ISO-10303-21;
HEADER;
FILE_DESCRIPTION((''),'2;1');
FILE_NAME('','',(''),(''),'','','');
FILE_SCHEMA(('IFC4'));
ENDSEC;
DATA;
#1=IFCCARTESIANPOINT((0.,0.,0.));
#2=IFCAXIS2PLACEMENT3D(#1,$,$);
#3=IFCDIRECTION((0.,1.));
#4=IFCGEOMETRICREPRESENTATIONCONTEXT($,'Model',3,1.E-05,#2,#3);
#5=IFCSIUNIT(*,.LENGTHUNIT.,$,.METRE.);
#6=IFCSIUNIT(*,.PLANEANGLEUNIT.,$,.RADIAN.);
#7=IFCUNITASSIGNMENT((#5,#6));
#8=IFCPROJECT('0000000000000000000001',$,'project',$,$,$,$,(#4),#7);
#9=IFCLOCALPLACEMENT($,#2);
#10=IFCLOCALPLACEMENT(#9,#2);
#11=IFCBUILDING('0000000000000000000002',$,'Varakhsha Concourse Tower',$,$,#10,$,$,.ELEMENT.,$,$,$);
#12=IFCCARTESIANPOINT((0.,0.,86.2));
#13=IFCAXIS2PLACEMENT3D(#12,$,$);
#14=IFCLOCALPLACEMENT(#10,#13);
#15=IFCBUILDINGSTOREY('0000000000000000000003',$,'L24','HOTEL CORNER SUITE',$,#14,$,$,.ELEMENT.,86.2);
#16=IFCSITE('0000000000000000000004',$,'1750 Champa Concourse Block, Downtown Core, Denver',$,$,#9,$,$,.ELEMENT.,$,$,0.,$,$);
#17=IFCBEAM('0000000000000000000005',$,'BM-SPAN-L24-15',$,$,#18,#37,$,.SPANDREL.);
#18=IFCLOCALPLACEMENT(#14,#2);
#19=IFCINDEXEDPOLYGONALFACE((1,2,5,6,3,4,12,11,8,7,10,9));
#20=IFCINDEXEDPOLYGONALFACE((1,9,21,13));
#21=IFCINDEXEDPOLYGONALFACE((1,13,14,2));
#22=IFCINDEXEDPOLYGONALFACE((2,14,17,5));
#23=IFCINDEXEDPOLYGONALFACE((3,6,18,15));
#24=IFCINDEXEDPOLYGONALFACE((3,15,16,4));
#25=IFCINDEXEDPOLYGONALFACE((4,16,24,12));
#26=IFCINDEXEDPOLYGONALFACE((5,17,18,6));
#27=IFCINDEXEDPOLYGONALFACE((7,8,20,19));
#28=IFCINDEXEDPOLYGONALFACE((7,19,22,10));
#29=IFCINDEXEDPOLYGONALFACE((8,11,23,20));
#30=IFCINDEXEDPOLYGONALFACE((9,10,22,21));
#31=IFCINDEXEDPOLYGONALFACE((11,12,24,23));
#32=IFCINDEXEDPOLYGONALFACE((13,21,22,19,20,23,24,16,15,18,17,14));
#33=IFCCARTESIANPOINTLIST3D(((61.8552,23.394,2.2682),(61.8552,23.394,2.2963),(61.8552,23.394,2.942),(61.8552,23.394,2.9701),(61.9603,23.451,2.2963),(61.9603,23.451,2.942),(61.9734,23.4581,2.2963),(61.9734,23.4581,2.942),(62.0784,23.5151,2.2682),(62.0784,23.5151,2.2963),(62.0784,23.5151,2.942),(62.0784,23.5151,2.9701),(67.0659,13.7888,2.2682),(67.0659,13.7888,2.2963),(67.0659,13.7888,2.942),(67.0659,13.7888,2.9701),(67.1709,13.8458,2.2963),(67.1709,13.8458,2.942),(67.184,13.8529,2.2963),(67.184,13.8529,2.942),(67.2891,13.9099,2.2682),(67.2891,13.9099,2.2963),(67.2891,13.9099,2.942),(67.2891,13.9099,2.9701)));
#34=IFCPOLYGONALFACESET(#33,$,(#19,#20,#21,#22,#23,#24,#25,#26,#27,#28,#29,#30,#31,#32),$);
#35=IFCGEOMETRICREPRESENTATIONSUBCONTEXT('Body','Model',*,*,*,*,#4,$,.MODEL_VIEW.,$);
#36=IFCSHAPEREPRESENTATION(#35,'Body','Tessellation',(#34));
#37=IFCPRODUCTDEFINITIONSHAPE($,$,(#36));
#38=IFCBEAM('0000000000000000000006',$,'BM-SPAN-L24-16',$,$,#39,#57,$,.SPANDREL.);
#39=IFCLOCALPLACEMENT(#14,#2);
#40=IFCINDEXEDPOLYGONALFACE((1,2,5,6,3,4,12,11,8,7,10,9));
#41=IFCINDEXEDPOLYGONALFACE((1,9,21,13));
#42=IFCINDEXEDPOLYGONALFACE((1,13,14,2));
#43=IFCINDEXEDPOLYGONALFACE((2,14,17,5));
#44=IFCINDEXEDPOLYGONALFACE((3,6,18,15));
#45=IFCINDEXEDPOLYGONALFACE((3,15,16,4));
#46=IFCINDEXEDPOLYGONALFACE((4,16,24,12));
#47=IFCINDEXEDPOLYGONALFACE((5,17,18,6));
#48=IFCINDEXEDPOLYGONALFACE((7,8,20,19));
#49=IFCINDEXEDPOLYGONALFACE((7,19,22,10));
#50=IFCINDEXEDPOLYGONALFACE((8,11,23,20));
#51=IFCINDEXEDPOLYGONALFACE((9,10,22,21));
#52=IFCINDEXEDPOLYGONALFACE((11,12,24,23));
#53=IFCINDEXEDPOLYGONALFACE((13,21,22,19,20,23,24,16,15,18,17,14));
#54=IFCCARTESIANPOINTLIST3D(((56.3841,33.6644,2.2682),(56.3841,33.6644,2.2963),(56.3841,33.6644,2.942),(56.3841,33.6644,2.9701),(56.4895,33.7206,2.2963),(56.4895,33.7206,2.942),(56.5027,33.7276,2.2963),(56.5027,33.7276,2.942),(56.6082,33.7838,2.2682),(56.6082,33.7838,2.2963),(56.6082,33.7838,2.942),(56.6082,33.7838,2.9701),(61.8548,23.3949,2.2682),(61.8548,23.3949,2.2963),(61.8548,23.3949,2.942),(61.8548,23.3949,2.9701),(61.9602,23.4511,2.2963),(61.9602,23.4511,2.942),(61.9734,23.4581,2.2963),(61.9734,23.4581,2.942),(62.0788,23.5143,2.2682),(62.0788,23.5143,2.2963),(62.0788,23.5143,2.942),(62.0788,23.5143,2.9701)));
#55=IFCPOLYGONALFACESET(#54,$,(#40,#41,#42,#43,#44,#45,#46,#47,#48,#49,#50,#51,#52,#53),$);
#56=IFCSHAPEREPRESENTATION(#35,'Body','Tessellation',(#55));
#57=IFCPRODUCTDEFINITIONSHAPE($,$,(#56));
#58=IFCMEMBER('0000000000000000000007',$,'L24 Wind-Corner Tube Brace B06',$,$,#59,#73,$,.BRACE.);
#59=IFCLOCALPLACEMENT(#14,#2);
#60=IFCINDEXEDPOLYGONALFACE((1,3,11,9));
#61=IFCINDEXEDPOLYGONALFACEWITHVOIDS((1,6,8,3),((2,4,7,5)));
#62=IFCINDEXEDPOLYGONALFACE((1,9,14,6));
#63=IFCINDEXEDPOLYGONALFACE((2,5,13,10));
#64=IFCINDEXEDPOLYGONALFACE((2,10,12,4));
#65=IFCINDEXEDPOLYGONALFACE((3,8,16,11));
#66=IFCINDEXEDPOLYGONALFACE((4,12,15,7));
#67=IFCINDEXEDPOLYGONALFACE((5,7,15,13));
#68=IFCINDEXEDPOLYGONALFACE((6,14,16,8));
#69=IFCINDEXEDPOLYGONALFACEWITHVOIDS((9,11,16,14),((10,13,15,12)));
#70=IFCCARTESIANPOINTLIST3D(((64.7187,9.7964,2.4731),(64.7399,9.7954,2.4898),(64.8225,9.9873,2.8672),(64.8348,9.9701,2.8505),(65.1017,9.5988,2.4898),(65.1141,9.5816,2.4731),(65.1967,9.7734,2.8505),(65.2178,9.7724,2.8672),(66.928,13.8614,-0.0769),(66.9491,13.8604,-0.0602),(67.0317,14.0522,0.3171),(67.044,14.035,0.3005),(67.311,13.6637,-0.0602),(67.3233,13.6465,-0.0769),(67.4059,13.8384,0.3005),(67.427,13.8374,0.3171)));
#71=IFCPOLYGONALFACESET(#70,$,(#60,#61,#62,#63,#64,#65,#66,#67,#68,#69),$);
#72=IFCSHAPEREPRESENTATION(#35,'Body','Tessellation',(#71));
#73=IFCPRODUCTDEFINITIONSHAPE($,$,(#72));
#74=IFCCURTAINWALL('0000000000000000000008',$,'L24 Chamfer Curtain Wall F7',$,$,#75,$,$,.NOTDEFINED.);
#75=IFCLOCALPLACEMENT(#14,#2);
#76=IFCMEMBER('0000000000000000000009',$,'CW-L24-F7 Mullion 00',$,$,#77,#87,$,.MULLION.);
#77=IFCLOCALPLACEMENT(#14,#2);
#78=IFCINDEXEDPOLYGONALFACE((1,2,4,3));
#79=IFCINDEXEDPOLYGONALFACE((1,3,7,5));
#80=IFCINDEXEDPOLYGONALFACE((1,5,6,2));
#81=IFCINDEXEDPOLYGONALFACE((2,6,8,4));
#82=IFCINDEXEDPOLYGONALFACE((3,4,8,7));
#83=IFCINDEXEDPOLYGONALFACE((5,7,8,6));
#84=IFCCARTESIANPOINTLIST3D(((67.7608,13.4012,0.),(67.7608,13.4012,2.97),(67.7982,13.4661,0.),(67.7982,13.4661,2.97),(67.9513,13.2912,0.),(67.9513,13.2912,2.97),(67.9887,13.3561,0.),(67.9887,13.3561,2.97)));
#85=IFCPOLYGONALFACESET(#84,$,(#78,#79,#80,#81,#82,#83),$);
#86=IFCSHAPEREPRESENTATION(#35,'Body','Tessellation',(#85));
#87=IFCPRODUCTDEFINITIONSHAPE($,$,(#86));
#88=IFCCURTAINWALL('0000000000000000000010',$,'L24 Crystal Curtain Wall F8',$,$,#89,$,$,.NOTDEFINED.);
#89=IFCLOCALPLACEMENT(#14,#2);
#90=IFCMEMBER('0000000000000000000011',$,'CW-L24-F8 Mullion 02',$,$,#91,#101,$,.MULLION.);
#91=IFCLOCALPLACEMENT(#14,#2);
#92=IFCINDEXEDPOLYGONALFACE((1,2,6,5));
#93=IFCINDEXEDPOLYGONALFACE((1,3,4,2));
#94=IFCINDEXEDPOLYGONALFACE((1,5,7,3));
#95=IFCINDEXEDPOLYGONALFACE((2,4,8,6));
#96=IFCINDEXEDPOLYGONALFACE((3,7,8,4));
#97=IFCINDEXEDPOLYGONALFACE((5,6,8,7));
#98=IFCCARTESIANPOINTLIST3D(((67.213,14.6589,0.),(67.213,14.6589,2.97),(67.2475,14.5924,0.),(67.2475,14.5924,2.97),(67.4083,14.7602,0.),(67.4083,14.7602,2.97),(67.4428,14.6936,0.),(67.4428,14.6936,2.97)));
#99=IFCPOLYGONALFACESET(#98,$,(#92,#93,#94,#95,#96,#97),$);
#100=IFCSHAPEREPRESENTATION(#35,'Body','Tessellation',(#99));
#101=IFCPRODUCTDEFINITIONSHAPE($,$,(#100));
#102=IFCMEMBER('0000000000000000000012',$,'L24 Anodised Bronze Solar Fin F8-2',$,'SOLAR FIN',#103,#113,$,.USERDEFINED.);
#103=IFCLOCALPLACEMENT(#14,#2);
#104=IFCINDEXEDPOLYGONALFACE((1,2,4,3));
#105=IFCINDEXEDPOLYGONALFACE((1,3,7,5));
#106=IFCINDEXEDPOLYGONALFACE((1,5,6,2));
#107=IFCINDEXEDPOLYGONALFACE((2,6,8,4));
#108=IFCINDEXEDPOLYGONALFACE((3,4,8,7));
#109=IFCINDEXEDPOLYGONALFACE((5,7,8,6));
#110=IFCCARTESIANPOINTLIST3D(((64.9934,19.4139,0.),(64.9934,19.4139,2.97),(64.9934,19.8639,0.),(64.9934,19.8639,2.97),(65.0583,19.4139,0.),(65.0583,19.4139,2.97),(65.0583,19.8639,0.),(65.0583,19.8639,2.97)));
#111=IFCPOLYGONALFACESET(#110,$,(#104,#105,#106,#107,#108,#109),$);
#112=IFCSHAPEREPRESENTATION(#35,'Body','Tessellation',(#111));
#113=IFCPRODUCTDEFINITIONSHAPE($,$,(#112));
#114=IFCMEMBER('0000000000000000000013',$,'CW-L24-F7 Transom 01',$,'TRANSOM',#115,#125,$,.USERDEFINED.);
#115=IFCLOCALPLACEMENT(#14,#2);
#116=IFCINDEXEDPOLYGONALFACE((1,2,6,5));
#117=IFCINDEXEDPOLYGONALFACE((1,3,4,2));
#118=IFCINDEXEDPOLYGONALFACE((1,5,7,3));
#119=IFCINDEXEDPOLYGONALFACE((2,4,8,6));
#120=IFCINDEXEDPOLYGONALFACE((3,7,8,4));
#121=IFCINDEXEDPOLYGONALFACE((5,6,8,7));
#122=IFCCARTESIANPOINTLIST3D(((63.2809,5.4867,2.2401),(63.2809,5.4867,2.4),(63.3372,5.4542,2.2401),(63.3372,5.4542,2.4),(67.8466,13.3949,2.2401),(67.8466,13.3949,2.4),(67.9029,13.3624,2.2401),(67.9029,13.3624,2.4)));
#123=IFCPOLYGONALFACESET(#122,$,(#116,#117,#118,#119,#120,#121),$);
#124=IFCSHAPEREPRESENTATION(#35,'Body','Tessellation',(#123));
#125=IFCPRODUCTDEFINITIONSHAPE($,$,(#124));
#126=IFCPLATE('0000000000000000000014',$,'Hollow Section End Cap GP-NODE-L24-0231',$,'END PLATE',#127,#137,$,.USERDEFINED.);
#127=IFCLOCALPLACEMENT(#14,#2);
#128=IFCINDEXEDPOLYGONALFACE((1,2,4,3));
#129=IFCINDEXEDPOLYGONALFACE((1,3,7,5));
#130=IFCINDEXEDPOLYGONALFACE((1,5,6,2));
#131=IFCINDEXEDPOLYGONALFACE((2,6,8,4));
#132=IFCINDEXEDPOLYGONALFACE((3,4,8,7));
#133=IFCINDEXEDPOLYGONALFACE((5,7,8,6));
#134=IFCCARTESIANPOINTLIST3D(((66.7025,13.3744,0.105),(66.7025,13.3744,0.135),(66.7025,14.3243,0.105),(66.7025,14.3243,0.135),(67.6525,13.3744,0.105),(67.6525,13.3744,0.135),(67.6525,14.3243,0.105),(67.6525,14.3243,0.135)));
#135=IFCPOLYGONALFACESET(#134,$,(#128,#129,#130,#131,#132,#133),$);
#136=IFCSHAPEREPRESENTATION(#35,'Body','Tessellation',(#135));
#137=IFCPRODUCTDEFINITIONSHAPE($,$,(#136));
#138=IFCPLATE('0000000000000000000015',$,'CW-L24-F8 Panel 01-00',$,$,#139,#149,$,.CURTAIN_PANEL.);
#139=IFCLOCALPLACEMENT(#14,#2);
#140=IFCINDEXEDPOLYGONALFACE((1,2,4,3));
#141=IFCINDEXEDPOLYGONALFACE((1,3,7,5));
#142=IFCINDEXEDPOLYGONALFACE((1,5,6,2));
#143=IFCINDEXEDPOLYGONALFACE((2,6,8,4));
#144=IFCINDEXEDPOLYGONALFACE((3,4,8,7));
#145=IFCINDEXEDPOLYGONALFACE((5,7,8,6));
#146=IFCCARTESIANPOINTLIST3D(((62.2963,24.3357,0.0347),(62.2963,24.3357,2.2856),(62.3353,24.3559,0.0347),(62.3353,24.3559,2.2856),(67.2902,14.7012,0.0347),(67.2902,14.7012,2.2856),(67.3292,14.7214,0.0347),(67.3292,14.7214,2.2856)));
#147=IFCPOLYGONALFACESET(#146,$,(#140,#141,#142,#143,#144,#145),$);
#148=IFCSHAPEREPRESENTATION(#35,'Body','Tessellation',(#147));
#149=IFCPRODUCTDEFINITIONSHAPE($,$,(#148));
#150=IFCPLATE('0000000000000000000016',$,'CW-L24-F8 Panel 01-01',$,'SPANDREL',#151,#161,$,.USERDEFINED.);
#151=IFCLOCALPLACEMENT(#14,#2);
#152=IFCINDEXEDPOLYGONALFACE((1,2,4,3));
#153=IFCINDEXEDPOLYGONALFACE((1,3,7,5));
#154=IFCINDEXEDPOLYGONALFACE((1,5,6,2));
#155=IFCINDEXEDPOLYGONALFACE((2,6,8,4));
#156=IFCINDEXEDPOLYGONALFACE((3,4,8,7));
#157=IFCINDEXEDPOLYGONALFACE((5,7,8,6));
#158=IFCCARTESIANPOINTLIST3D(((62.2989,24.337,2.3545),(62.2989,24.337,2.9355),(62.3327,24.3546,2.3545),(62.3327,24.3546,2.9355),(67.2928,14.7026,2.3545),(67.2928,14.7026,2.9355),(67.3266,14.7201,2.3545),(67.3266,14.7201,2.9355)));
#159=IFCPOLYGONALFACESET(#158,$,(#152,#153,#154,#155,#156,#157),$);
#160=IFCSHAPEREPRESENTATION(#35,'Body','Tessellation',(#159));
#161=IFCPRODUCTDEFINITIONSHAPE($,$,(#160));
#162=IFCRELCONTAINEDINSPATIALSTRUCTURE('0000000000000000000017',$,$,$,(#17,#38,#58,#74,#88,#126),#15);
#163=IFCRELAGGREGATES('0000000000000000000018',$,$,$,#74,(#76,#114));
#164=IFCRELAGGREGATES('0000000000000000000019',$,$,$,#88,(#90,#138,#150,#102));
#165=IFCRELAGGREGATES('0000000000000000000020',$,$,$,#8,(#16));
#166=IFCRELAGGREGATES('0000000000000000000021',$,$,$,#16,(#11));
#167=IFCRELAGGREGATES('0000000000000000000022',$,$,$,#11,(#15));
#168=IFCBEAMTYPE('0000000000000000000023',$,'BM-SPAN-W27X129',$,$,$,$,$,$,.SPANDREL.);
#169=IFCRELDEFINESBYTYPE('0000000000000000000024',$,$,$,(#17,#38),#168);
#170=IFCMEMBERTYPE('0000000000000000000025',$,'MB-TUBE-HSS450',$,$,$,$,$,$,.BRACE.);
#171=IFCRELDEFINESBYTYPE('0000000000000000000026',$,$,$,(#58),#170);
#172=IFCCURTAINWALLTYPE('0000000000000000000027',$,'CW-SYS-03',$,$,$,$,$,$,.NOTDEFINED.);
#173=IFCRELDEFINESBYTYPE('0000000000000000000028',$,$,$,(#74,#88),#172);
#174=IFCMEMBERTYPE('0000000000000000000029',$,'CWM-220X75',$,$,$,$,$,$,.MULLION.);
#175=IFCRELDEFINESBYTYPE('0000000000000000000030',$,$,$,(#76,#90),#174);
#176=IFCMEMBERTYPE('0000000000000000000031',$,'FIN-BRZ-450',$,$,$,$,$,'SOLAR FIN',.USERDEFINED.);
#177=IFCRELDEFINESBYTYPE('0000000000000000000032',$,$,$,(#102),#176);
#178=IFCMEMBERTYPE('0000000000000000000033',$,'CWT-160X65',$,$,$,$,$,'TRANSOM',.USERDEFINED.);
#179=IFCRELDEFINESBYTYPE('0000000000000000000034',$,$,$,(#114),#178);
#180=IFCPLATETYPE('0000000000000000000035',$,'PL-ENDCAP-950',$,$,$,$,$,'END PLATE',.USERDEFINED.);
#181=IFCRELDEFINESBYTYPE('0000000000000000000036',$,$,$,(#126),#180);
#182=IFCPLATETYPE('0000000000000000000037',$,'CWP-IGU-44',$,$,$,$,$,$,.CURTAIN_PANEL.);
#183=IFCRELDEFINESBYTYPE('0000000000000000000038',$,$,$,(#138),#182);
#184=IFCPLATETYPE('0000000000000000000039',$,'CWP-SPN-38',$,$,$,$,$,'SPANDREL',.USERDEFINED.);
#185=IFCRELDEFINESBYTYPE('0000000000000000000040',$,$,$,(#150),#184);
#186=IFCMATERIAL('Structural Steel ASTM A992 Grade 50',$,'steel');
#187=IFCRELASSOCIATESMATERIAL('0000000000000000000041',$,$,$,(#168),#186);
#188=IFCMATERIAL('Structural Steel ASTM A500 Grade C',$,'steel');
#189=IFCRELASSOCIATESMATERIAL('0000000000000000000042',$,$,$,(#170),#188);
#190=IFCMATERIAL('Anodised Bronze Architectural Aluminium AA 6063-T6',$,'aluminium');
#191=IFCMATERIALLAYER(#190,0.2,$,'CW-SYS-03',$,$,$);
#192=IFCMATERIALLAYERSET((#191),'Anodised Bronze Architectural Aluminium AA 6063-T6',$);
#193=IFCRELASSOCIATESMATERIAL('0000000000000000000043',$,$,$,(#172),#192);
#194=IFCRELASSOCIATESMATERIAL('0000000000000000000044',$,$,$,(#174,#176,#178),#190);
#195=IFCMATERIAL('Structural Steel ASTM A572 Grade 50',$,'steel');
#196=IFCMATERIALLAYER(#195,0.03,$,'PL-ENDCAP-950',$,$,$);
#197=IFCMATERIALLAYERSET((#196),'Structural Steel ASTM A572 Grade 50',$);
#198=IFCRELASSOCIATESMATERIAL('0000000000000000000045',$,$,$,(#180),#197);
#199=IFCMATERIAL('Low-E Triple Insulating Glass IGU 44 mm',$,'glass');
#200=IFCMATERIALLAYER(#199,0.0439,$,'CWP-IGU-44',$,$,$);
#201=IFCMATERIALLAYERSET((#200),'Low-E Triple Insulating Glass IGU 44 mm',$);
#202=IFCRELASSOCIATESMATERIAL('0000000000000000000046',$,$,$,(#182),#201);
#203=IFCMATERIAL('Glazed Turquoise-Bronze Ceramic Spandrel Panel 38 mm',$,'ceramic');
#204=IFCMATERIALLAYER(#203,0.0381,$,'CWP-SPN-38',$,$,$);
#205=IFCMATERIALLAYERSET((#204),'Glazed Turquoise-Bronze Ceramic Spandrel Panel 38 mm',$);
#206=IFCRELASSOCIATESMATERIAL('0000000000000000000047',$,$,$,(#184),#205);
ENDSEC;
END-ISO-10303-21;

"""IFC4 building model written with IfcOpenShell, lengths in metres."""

from ifc_helpers import new_model, si_unit, direction, frame, origin, origin_2d, place, context, subcontext, project, spatial, rectangle, hollow_rectangle, i_section, extrude, source, transform, mapped, material, layer, layer_set, material_profile, profile_set, type_object, type_shapes, element, aggregate, save


model = new_model("IFC4")

# Units and contexts
model_context = context("Model", 3, precision=1e-05, world=origin(), true_north=direction((0.0, 1.0)))
body_context = subcontext(model_context, "Body", "Model", "MODEL_VIEW")
ifc_project = project(units=[si_unit("LENGTHUNIT", "METRE"), si_unit("PLANEANGLEUNIT", "RADIAN")], contexts=[model_context])

# Site, building, storey
site_placement = place(None, origin())
site = spatial("IfcSite", under=ifc_project, at=site_placement, Name="1750 Champa Concourse Block, Downtown Core, Denver", CompositionType="ELEMENT", RefElevation=0.0)
building_placement = place(site_placement, origin())
building = spatial("IfcBuilding", under=site, at=building_placement, Name="Varakhsha Concourse Tower", CompositionType="ELEMENT")
storey_placement = place(building_placement, frame((0.0, 0.0, 86.2)))
storey = spatial("IfcBuildingStorey", under=building, at=storey_placement, Name="L24", Description="HOTEL CORNER SUITE", CompositionType="ELEMENT", Elevation=86.2)

# Shared definitions
ifc_material_1 = material(Name="Structural Steel ASTM A992 Grade 50", Category="steel")
ifc_material_2 = material(Name="Structural Steel ASTM A572 Grade 50", Category="steel")

# Beams
ifc_material_profile_1 = material_profile(ifc_material_1, i_section(OverallWidth=0.2539, OverallDepth=0.7019, WebThickness=0.0149, FlangeThickness=0.0281, at=origin_2d()), Name="W27X129")
ifc_profile_set_1 = profile_set([ifc_material_profile_1], Name="Structural Steel ASTM A992 Grade 50")
beam_type_1 = type_object("IfcBeamType", Name="BM-SPAN-W27X129", PredefinedType="SPANDREL", material=ifc_profile_set_1)
beam_1_placement = place(storey_placement, frame((67.1775, 13.8494, 2.6191), z_axis=(-0.476839, 0.87899, 0.0), x_axis=(-0.87899, -0.476839, 0.0)))
element("IfcBeam", 1, at=beam_1_placement, inside=storey, type_object=beam_type_1, Name="BM-SPAN-L24-15", PredefinedType="SPANDREL", context=body_context, shape_type="SweptSolid", body=[
    extrude(i_section(OverallWidth=0.2539, OverallDepth=0.7019, WebThickness=0.0149, FlangeThickness=0.0281, at=origin_2d()), origin(), (0.0, 0.0, 1.0), 10.9275),
])
beam_2_placement = place(storey_placement, frame((61.9668, 23.4546, 2.6191), z_axis=(-0.470161, 0.882581, 0.0), x_axis=(-0.882581, -0.470161, 0.0)))
element("IfcBeam", 2, at=beam_2_placement, inside=storey, type_object=beam_type_1, Name="BM-SPAN-L24-16", PredefinedType="SPANDREL", context=body_context, shape_type="SweptSolid", body=[
    extrude(i_section(OverallWidth=0.2539, OverallDepth=0.7019, WebThickness=0.0149, FlangeThickness=0.0281, at=origin_2d()), origin(), (0.0, 0.0, 1.0), 11.6357),
])

# Member
ifc_material_3 = material(Name="Structural Steel ASTM A500 Grade C", Category="steel")
ifc_material_profile_2 = material_profile(ifc_material_3, hollow_rectangle(XDim=0.45, YDim=0.45, WallThickness=0.019, at=origin_2d()), Name="HSS 450x450x19")
ifc_profile_set_2 = profile_set([ifc_material_profile_2], Name="Structural Steel ASTM A500 Grade C")
member_type_1 = type_object("IfcMemberType", Name="MB-TUBE-HSS450", PredefinedType="BRACE", material=ifc_profile_set_2)
shared_shape_1 = source(origin(), body_context, "Body", "SweptSolid", [
    extrude(hollow_rectangle(XDim=0.45, YDim=0.45, WallThickness=0.019, at=origin_2d()), origin(), (0.0, 0.0, 1.0), 5.2827),
])
type_shapes(member_type_1, [shared_shape_1])
member_1_placement = place(storey_placement, frame((67.1775, 13.8494, 0.1201), z_axis=(-0.418199, -0.769478, 0.482715), x_axis=(0.878623, -0.477517, 0.0)))
element("IfcMember", 3, at=member_1_placement, inside=storey, type_object=member_type_1, Name="L24 Wind-Corner Tube Brace B06", PredefinedType="BRACE", context=body_context, shape_type="MappedRepresentation", body=[
    mapped(shared_shape_1, transform((0.0, 0.0, 0.0), scale=1.0)),
])

# Curtain wall, member
ifc_material_4 = material(Name="Anodised Bronze Architectural Aluminium AA 6063-T6", Category="aluminium")
ifc_layer_1 = layer(ifc_material_4, 0.2, Name="CW-SYS-03")
ifc_layer_set_1 = layer_set([ifc_layer_1], Name="Anodised Bronze Architectural Aluminium AA 6063-T6")
curtain_wall_type = type_object("IfcCurtainWallType", Name="CW-SYS-03", PredefinedType="NOTDEFINED", material=ifc_layer_set_1)
curtain_wall_1_placement = place(storey_placement, origin())
curtain_wall_1 = element("IfcCurtainWall", 4, at=curtain_wall_1_placement, inside=storey, type_object=curtain_wall_type, Name="L24 Chamfer Curtain Wall F7", PredefinedType="NOTDEFINED")
ifc_material_profile_3 = material_profile(ifc_material_4, rectangle(XDim=0.075, YDim=0.22, at=origin_2d()), Name="CWM-220X75")
ifc_profile_set_3 = profile_set([ifc_material_profile_3], Name="Anodised Bronze Architectural Aluminium AA 6063-T6")
member_type_2 = type_object("IfcMemberType", Name="CWM-220X75", PredefinedType="MULLION", material=ifc_profile_set_3)
shared_shape_2 = source(origin(), body_context, "Body", "SweptSolid", [
    extrude(rectangle(XDim=0.075, YDim=0.22, at=origin_2d()), origin(), (0.0, 0.0, 1.0), 2.97),
])
type_shapes(member_type_2, [shared_shape_2])
member_2_placement = place(storey_placement, frame((67.8748, 13.3787, 0.0), z_axis=(0.0, 0.0, 1.0), x_axis=(-0.499997, -0.866027, 0.0)))
member_2 = element("IfcMember", 5, at=member_2_placement, type_object=member_type_2, Name="CW-L24-F7 Mullion 00", PredefinedType="MULLION", context=body_context, shape_type="MappedRepresentation", body=[
    mapped(shared_shape_2, transform((0.0, 0.0, 0.0), scale=1.0)),
])

# Curtain wall, members
curtain_wall_2_placement = place(storey_placement, origin())
curtain_wall_2 = element("IfcCurtainWall", 6, at=curtain_wall_2_placement, inside=storey, type_object=curtain_wall_type, Name="L24 Crystal Curtain Wall F8", PredefinedType="NOTDEFINED")
member_3_placement = place(storey_placement, frame((67.3279, 14.6763, 0.0), z_axis=(0.0, 0.0, 1.0), x_axis=(0.460186, -0.887823, 0.0)))
member_3 = element("IfcMember", 7, at=member_3_placement, type_object=member_type_2, Name="CW-L24-F8 Mullion 02", PredefinedType="MULLION", context=body_context, shape_type="MappedRepresentation", body=[
    mapped(shared_shape_2, transform((0.0, 0.0, 0.0), scale=1.0)),
])
ifc_material_profile_4 = material_profile(ifc_material_4, rectangle(XDim=0.0649, YDim=0.45, at=origin_2d()), Name="FIN-BRZ-450")
ifc_profile_set_4 = profile_set([ifc_material_profile_4], Name="Anodised Bronze Architectural Aluminium AA 6063-T6")
member_type_3 = type_object("IfcMemberType", Name="FIN-BRZ-450", ElementType="SOLAR FIN", PredefinedType="USERDEFINED", material=ifc_profile_set_4)
shared_shape_3 = source(origin(), body_context, "Body", "SweptSolid", [
    extrude(rectangle(XDim=0.0649, YDim=0.45, at=origin_2d()), origin(), (0.0, 0.0, 1.0), 2.97),
])
type_shapes(member_type_3, [shared_shape_3])
member_4_placement = place(storey_placement, frame((65.0259, 19.6389, 0.0), z_axis=(0.0, 0.0, 1.0), x_axis=(1.0, 0.0, 0.0)))
member_4 = element("IfcMember", 8, at=member_4_placement, type_object=member_type_3, Name="L24 Anodised Bronze Solar Fin F8-2", ObjectType="SOLAR FIN", PredefinedType="USERDEFINED", context=body_context, shape_type="MappedRepresentation", body=[
    mapped(shared_shape_3, transform((0.0, 0.0, 0.0), scale=1.0)),
])

# Member
ifc_material_profile_5 = material_profile(ifc_material_4, rectangle(XDim=0.0649, YDim=0.1599, at=origin_2d()), Name="CWT-160X65")
ifc_profile_set_5 = profile_set([ifc_material_profile_5], Name="Anodised Bronze Architectural Aluminium AA 6063-T6")
member_type_4 = type_object("IfcMemberType", Name="CWT-160X65", ElementType="TRANSOM", PredefinedType="USERDEFINED", material=ifc_profile_set_5)
shared_shape_4 = source(origin(), body_context, "Body", "SweptSolid", [
    extrude(rectangle(XDim=0.0649, YDim=0.1599, at=origin_2d()), origin(), (0.0, 0.0, 1.0), 9.1316),
])
type_shapes(member_type_4, [shared_shape_4])
member_5_placement = place(storey_placement, frame((67.8748, 13.3787, 2.3201), z_axis=(-0.499989, -0.866032, 0.0), x_axis=(0.866032, -0.499989, 0.0)))
member_5 = element("IfcMember", 9, at=member_5_placement, type_object=member_type_4, Name="CW-L24-F7 Transom 01", ObjectType="TRANSOM", PredefinedType="USERDEFINED", context=body_context, shape_type="MappedRepresentation", body=[
    mapped(shared_shape_4, transform((0.0, 0.0, 0.0), scale=1.0)),
])
aggregate(curtain_wall_1, [member_2, member_5])

# Plates
ifc_layer_2 = layer(ifc_material_2, 0.03, Name="PL-ENDCAP-950")
ifc_layer_set_2 = layer_set([ifc_layer_2], Name="Structural Steel ASTM A572 Grade 50")
plate_type_1 = type_object("IfcPlateType", Name="PL-ENDCAP-950", ElementType="END PLATE", PredefinedType="USERDEFINED", material=ifc_layer_set_2)
shared_shape_5 = source(origin(), body_context, "Body", "SweptSolid", [
    extrude(rectangle(XDim=0.95, YDim=0.95, at=origin_2d()), origin(), (0.0, 0.0, 1.0), 0.03),
])
type_shapes(plate_type_1, [shared_shape_5])
plate_1_placement = place(storey_placement, frame((67.1775, 13.8494, 0.105), z_axis=(0.0, 0.0, 1.0), x_axis=(1.0, 0.0, 0.0)))
element("IfcPlate", 10, at=plate_1_placement, inside=storey, type_object=plate_type_1, Name="Hollow Section End Cap GP-NODE-L24-0231", ObjectType="END PLATE", PredefinedType="USERDEFINED", context=body_context, shape_type="MappedRepresentation", body=[
    mapped(shared_shape_5, transform((0.0, 0.0, 0.0), scale=1.0)),
])
ifc_material_5 = material(Name="Low-E Triple Insulating Glass IGU 44 mm", Category="glass")
ifc_layer_3 = layer(ifc_material_5, 0.0439, Name="CWP-IGU-44")
ifc_layer_set_3 = layer_set([ifc_layer_3], Name="Low-E Triple Insulating Glass IGU 44 mm")
plate_type_2 = type_object("IfcPlateType", Name="CWP-IGU-44", PredefinedType="CURTAIN_PANEL", material=ifc_layer_set_3)
shared_shape_6 = source(origin(), body_context, "Body", "SweptSolid", [
    extrude(rectangle(XDim=10.8518, YDim=0.0439, at=origin_2d()), origin(), (0.0, 0.0, 1.0), 2.251),
])
type_shapes(plate_type_2, [shared_shape_6])
plate_2_placement = place(storey_placement, frame((64.8127, 19.5286, 0.0347), z_axis=(0.0, 0.0, 1.0), x_axis=(0.460186, -0.887823, 0.0)))
plate_2 = element("IfcPlate", 11, at=plate_2_placement, type_object=plate_type_2, Name="CW-L24-F8 Panel 01-00", PredefinedType="CURTAIN_PANEL", context=body_context, shape_type="MappedRepresentation", body=[
    mapped(shared_shape_6, transform((0.0, 0.0, 0.0), scale=1.0)),
])
ifc_material_6 = material(Name="Glazed Turquoise-Bronze Ceramic Spandrel Panel 38 mm", Category="ceramic")
ifc_layer_4 = layer(ifc_material_6, 0.0381, Name="CWP-SPN-38")
ifc_layer_set_4 = layer_set([ifc_layer_4], Name="Glazed Turquoise-Bronze Ceramic Spandrel Panel 38 mm")
plate_type_3 = type_object("IfcPlateType", Name="CWP-SPN-38", ElementType="SPANDREL", PredefinedType="USERDEFINED", material=ifc_layer_set_4)
shared_shape_7 = source(origin(), body_context, "Body", "SweptSolid", [
    extrude(rectangle(XDim=10.8518, YDim=0.0381, at=origin_2d()), origin(), (0.0, 0.0, 1.0), 0.5811),
])
type_shapes(plate_type_3, [shared_shape_7])
plate_3_placement = place(storey_placement, frame((64.8127, 19.5286, 2.3545), z_axis=(0.0, 0.0, 1.0), x_axis=(0.460186, -0.887823, 0.0)))
plate_3 = element("IfcPlate", 12, at=plate_3_placement, type_object=plate_type_3, Name="CW-L24-F8 Panel 01-01", ObjectType="SPANDREL", PredefinedType="USERDEFINED", context=body_context, shape_type="MappedRepresentation", body=[
    mapped(shared_shape_7, transform((0.0, 0.0, 0.0), scale=1.0)),
])
aggregate(curtain_wall_2, [member_3, plate_2, plate_3, member_4])

save(model, "model.ifc")
